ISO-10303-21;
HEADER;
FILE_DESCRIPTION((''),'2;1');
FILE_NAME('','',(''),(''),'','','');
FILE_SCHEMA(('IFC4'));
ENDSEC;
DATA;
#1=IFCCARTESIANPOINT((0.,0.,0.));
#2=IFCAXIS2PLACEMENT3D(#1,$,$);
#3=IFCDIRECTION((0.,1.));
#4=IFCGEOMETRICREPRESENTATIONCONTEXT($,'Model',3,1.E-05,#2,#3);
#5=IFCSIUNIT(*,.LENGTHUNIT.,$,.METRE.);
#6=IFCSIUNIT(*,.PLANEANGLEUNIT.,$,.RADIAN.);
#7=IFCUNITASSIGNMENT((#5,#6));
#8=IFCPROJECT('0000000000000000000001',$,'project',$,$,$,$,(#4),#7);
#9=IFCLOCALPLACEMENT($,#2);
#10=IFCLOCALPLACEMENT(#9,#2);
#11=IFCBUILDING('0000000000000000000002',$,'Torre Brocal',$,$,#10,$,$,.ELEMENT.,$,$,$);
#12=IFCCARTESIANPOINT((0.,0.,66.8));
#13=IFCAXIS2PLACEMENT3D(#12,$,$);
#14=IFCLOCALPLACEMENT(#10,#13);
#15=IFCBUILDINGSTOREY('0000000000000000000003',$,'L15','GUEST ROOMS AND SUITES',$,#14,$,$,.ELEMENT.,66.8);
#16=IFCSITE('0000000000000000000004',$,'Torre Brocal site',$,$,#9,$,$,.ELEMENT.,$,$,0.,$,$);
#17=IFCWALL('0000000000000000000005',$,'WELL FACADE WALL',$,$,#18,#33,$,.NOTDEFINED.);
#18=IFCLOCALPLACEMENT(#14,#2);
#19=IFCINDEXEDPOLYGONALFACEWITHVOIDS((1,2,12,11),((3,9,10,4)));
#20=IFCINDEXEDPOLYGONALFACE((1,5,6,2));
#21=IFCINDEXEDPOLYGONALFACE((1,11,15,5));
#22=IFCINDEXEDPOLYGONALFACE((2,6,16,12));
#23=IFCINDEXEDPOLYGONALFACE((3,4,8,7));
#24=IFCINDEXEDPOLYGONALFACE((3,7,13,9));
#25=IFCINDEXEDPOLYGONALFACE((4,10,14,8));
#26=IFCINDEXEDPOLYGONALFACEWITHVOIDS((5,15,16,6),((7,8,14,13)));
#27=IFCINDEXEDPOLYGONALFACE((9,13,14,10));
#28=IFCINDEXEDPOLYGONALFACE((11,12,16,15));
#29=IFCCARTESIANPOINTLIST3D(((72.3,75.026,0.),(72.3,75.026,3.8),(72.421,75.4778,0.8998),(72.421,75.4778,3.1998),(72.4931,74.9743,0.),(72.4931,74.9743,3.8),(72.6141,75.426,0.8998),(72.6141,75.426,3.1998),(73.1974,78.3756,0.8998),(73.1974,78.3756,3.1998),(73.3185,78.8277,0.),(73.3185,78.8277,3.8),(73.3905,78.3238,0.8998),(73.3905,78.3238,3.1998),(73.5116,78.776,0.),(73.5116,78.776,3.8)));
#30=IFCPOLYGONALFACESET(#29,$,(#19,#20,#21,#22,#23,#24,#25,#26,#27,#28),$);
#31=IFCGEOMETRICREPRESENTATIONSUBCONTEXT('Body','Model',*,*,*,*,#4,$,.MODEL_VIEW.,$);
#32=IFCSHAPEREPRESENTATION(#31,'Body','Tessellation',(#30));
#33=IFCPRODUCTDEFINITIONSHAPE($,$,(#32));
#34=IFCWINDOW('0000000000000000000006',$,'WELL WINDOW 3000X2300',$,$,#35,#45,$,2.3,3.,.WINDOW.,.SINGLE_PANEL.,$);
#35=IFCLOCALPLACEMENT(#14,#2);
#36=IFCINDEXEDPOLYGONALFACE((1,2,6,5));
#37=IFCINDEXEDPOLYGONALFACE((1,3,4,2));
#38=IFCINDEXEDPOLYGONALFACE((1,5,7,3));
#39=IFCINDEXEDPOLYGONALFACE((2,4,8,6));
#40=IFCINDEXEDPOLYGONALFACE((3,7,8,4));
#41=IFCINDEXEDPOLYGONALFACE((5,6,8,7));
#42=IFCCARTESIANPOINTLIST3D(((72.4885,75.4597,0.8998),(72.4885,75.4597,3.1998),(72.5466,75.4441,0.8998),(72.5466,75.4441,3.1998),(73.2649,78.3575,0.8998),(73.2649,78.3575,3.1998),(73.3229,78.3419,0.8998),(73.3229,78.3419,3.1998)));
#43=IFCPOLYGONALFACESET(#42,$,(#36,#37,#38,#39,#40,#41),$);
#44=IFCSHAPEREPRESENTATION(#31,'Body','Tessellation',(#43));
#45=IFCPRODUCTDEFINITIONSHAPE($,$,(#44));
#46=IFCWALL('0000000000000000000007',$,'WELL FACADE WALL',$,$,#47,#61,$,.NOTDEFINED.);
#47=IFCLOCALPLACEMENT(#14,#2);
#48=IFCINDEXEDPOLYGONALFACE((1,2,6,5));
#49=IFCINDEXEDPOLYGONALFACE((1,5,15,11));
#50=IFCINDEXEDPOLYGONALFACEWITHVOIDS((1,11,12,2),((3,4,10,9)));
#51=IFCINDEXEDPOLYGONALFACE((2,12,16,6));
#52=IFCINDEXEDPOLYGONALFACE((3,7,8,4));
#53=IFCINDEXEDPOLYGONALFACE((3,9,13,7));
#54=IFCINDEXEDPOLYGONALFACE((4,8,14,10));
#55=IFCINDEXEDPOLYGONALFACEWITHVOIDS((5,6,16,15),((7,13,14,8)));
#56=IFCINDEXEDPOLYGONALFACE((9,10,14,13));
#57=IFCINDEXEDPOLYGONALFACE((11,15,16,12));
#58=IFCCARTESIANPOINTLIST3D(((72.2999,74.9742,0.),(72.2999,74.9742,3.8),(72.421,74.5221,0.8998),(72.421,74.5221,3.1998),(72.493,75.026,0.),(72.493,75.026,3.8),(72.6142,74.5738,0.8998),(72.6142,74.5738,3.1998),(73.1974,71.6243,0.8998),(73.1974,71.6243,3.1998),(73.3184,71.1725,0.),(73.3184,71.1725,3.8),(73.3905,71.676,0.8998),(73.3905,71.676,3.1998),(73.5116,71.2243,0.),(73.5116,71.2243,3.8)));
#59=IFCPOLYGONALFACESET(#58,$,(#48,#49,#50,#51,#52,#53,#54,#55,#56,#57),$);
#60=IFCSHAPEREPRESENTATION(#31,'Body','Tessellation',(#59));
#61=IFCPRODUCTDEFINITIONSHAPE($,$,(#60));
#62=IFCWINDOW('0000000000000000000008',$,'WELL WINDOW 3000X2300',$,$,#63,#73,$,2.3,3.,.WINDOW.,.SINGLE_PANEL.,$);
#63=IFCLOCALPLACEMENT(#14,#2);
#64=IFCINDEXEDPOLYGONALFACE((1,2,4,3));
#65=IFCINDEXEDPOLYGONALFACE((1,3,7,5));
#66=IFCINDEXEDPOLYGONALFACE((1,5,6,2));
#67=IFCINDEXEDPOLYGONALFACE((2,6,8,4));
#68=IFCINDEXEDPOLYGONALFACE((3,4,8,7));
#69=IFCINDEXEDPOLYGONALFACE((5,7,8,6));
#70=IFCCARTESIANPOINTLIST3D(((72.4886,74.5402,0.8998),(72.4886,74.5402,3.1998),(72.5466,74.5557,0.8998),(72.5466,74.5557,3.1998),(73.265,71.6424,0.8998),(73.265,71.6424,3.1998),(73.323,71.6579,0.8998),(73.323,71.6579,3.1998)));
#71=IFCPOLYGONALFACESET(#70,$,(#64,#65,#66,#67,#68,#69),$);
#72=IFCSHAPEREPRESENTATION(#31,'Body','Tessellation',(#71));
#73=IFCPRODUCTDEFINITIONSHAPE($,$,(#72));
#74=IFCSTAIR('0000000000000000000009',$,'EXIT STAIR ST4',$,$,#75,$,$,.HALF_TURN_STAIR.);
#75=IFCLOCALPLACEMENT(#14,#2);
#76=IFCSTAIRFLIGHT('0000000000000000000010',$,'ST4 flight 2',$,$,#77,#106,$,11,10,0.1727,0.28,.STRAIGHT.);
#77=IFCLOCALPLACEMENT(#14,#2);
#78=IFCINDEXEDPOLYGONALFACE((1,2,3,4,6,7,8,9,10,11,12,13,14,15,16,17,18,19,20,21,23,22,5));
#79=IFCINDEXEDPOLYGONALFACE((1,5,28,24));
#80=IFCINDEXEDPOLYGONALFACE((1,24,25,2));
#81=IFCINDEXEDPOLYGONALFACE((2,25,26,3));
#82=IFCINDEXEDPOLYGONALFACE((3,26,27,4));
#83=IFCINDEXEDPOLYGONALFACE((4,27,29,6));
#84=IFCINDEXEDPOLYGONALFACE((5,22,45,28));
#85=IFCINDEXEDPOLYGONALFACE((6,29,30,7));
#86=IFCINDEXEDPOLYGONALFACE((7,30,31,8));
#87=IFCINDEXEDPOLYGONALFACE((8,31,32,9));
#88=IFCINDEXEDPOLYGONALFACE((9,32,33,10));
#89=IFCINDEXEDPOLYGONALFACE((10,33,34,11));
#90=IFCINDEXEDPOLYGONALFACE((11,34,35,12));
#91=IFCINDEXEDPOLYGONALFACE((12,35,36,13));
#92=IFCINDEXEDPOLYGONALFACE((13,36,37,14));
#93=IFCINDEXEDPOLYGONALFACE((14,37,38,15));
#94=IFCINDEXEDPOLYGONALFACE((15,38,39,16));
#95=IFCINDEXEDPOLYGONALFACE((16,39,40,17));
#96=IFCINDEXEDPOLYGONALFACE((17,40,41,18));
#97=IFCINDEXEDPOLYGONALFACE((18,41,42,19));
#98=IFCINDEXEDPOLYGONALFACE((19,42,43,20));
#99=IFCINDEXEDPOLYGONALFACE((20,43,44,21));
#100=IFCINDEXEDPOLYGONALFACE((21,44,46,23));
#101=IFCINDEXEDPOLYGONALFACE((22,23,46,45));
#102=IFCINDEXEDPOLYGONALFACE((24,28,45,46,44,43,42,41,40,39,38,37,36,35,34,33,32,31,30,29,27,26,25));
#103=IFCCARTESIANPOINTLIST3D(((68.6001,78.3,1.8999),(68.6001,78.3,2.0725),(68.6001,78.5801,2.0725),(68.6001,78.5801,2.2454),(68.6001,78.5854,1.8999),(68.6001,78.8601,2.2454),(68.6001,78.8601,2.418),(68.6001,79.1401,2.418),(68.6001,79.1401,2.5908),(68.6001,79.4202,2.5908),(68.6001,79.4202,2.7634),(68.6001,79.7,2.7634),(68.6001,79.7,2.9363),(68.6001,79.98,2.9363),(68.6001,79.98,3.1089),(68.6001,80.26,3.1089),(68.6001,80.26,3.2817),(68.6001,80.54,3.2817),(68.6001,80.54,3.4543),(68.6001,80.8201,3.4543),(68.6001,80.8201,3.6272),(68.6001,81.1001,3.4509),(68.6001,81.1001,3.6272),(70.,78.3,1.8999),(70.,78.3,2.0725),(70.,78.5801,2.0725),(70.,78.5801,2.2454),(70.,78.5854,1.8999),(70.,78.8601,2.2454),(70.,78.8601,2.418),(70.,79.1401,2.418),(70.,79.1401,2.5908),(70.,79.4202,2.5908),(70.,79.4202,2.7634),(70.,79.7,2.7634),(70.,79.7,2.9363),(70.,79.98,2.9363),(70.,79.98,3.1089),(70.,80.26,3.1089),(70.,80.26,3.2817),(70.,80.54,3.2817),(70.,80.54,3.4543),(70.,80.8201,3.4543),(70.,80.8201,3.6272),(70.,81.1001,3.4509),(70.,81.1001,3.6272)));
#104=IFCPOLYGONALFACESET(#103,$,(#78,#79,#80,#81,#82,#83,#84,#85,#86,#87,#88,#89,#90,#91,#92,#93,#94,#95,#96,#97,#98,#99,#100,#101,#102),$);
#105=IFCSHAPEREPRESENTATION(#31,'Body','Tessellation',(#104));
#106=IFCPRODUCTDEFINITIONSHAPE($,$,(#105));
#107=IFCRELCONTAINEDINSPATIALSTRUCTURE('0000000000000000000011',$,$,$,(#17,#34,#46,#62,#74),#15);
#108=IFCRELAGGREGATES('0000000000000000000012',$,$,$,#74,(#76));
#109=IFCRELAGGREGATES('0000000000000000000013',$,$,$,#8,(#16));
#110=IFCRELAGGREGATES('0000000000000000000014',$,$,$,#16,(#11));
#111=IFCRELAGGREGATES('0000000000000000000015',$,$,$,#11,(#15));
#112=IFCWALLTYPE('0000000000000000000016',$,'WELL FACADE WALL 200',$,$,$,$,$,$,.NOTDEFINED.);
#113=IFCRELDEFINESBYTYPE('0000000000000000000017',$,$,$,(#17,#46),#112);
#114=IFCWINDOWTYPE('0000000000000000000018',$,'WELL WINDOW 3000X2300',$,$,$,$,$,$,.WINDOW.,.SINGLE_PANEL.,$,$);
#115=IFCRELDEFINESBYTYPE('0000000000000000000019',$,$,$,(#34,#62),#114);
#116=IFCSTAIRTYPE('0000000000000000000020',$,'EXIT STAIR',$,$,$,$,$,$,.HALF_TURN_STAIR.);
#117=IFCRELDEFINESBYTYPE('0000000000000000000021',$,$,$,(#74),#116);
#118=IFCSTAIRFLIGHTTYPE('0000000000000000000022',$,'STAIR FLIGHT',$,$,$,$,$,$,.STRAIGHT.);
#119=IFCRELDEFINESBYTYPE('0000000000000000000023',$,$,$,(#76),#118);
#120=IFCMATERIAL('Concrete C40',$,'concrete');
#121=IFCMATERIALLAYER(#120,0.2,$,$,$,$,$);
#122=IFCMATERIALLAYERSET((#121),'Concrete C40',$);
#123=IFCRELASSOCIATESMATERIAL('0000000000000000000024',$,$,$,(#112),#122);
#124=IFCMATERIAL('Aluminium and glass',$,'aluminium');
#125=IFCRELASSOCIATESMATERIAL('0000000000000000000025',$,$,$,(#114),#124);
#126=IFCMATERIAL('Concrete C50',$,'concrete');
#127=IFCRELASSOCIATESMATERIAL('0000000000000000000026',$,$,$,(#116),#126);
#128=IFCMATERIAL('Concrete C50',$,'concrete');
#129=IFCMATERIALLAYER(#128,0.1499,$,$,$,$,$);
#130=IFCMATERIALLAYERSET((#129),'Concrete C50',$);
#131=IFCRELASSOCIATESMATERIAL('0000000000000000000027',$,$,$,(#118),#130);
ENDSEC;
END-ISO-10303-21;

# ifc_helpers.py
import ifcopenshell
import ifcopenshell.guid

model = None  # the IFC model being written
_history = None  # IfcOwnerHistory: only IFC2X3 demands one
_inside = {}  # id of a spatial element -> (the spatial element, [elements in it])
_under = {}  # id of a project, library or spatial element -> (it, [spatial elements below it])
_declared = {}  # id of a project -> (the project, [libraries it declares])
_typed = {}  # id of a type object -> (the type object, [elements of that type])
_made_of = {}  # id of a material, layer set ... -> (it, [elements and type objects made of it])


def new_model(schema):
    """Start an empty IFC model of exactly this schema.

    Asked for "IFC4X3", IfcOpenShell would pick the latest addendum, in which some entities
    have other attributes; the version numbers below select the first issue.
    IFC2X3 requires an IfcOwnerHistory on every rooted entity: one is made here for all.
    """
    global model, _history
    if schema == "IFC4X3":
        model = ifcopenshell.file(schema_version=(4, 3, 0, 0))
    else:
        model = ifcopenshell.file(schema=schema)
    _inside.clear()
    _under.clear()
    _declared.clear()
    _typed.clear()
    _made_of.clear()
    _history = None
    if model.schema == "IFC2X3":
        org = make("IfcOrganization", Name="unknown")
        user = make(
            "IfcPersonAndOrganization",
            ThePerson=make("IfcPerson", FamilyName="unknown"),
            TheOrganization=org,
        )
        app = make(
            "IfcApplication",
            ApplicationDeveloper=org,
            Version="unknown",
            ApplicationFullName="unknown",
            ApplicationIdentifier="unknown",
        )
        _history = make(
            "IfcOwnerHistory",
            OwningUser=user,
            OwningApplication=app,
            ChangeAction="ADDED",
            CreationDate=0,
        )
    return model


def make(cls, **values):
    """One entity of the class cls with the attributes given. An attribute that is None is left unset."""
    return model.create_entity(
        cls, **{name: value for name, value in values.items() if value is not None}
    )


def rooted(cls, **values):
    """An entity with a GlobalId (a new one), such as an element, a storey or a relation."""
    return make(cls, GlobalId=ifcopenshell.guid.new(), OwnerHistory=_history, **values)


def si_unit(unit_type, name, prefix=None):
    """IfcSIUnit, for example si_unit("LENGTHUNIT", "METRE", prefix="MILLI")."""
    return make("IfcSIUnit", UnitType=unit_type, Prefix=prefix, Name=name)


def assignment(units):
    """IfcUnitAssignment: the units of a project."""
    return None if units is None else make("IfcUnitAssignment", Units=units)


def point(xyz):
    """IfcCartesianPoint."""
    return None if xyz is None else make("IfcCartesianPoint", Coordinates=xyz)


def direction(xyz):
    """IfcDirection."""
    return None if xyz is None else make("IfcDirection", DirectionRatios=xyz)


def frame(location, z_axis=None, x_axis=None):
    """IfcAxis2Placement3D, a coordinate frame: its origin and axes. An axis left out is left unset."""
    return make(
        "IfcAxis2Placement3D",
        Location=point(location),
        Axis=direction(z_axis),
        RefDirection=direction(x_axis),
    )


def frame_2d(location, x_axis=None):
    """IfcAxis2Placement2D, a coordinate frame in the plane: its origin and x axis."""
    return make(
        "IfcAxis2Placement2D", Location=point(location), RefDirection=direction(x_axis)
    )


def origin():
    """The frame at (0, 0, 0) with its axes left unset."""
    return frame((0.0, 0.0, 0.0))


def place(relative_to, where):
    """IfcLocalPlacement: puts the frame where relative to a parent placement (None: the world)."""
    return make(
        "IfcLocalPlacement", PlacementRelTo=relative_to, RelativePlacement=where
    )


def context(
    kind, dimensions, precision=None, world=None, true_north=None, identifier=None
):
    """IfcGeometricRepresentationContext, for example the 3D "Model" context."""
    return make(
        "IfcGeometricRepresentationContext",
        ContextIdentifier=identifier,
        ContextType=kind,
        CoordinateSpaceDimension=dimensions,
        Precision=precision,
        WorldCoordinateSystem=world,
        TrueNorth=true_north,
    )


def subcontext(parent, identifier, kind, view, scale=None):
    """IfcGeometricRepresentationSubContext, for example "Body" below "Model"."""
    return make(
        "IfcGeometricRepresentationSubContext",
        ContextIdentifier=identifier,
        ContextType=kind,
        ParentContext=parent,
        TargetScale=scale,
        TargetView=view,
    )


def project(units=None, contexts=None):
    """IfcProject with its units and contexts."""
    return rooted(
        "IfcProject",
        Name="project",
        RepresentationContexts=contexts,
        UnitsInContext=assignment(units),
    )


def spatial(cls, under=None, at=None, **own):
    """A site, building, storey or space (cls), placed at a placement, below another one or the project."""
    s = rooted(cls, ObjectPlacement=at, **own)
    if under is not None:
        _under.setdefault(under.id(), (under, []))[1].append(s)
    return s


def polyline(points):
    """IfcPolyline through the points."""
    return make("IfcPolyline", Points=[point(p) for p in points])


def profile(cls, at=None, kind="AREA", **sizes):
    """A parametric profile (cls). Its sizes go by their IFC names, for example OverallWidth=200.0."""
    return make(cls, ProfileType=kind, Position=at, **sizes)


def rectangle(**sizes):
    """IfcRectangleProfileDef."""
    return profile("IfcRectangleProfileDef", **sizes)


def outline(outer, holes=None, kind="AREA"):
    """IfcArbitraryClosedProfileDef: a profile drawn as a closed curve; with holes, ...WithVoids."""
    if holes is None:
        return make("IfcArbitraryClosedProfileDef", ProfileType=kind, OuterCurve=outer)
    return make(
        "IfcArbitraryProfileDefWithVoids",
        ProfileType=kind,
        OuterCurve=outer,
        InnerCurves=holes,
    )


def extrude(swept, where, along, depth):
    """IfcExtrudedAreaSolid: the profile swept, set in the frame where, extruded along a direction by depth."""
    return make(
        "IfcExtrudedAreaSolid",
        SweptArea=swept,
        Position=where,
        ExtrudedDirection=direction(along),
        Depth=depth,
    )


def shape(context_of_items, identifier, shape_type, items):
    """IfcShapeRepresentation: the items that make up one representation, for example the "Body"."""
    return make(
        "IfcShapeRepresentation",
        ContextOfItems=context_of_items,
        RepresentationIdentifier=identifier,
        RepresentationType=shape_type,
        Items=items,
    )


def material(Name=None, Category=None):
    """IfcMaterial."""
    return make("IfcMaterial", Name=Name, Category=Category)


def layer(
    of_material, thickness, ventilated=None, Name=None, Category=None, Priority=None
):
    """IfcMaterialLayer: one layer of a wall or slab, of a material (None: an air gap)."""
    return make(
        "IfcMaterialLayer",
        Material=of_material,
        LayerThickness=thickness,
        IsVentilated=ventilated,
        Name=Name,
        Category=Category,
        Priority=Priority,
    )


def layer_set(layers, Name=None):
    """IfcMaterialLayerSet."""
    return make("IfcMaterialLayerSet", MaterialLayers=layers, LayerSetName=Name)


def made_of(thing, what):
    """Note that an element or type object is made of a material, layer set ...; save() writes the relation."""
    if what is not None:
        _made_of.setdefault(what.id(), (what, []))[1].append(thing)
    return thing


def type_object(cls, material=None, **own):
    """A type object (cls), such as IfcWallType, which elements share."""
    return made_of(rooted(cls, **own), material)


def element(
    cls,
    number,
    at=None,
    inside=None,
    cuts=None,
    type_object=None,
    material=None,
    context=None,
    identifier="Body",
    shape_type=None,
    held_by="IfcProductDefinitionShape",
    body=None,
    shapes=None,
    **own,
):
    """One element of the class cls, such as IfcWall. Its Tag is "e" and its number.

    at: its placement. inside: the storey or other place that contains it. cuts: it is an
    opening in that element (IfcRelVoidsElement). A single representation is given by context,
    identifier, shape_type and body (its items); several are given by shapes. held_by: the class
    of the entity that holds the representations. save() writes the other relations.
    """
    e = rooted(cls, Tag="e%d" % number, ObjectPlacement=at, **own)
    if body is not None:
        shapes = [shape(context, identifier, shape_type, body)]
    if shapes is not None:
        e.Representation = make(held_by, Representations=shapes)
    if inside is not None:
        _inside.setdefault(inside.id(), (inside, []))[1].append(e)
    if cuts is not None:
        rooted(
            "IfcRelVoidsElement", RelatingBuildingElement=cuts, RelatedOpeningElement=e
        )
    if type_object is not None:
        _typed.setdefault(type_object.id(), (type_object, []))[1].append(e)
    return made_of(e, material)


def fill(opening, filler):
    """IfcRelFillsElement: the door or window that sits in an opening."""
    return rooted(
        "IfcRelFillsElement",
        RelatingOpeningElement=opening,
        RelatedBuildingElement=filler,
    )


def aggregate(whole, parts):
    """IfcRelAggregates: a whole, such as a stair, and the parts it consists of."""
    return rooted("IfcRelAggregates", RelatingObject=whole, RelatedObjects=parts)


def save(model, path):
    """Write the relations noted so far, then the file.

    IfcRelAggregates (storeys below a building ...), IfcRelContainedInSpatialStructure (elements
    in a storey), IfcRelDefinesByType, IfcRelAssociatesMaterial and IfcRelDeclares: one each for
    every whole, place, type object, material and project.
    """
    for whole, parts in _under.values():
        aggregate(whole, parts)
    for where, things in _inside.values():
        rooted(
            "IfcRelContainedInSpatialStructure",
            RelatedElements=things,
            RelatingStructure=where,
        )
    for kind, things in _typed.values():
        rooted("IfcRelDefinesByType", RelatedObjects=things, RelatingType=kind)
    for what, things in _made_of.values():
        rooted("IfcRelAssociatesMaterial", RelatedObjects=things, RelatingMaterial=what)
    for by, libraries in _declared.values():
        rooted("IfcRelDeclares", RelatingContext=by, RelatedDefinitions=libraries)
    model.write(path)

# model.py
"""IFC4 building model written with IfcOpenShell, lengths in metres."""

from ifc_helpers import new_model, si_unit, direction, frame, frame_2d, origin, place, context, subcontext, project, spatial, polyline, rectangle, outline, extrude, material, layer, layer_set, type_object, element, fill, aggregate, save


model = new_model("IFC4")

# Units and contexts
model_context = context("Model", 3, precision=1e-05, world=origin(), true_north=direction((0.0, 1.0)))
body_context = subcontext(model_context, "Body", "Model", "MODEL_VIEW")
ifc_project = project(units=[si_unit("LENGTHUNIT", "METRE"), si_unit("PLANEANGLEUNIT", "RADIAN")], contexts=[model_context])

# Site, building, storey
site_placement = place(None, origin())
site = spatial("IfcSite", under=ifc_project, at=site_placement, Name="Torre Brocal site", CompositionType="ELEMENT", RefElevation=0.0)
building_placement = place(site_placement, origin())
building = spatial("IfcBuilding", under=site, at=building_placement, Name="Torre Brocal", CompositionType="ELEMENT")
storey_placement = place(building_placement, frame((0.0, 0.0, 66.8)))
storey = spatial("IfcBuildingStorey", under=building, at=storey_placement, Name="L15", Description="GUEST ROOMS AND SUITES", CompositionType="ELEMENT", Elevation=66.8)

# Walls, openings, windows
ifc_material_1 = material(Name="Concrete C40", Category="concrete")
ifc_layer_1 = layer(ifc_material_1, 0.2)
ifc_layer_set_1 = layer_set([ifc_layer_1], Name="Concrete C40")
wall_type_1 = type_object("IfcWallType", Name="WELL FACADE WALL 200", PredefinedType="NOTDEFINED", material=ifc_layer_set_1)
wall_1_placement = place(storey_placement, frame((73.415, 78.8018, 0.0), z_axis=(0.0, 0.0, 1.0), x_axis=(-0.25879, -0.965934, 0.0)))
wall_1 = element("IfcWall", 1, at=wall_1_placement, inside=storey, type_object=wall_type_1, Name="WELL FACADE WALL", PredefinedType="NOTDEFINED", context=body_context, shape_type="SweptSolid", body=[
    extrude(rectangle(XDim=3.9358, YDim=0.2, at=frame_2d((1.9678, 0.0))), origin(), (0.0, 0.0, 1.0), 3.8),
])
opening_1_placement = place(wall_1_placement, frame((0.468, 0.0, 0.8999)))
opening_1 = element("IfcOpeningElement", 2, at=opening_1_placement, cuts=wall_1, PredefinedType="OPENING", context=body_context, shape_type="SweptSolid", body=[
    extrude(rectangle(XDim=3.0, YDim=2.3, at=frame_2d((1.5, 1.1499))), frame((0.0, 0.1099, 0.0), z_axis=(0.0, -1.0, 0.0), x_axis=(1.0, 0.0, 0.0)), (0.0, 0.0, 1.0), 0.22),
])
ifc_material_2 = material(Name="Aluminium and glass", Category="aluminium")
window_type = type_object("IfcWindowType", Name="WELL WINDOW 3000X2300", PartitioningType="SINGLE_PANEL", PredefinedType="WINDOW", material=ifc_material_2)
window_1_placement = place(opening_1_placement, origin())
window_1 = element("IfcWindow", 3, at=window_1_placement, inside=storey, type_object=window_type, Name="WELL WINDOW 3000X2300", OverallHeight=2.3, OverallWidth=3.0, PartitioningType="SINGLE_PANEL", PredefinedType="WINDOW", context=body_context, shape_type="SweptSolid", body=[
    extrude(rectangle(XDim=3.0, YDim=2.3, at=frame_2d((1.5, 1.1499))), frame((0.0, 0.03, 0.0), z_axis=(0.0, -1.0, 0.0), x_axis=(1.0, 0.0, 0.0)), (0.0, 0.0, 1.0), 0.0601),
])
fill(opening_1, window_1)
wall_2_placement = place(storey_placement, frame((72.3965, 75.0, 0.0), z_axis=(0.0, 0.0, 1.0), x_axis=(0.25879, -0.965934, 0.0)))
wall_2 = element("IfcWall", 4, at=wall_2_placement, inside=storey, type_object=wall_type_1, Name="WELL FACADE WALL", PredefinedType="NOTDEFINED", context=body_context, shape_type="SweptSolid", body=[
    extrude(rectangle(XDim=3.9358, YDim=0.2, at=frame_2d((1.9678, 0.0))), origin(), (0.0, 0.0, 1.0), 3.8),
])
opening_2_placement = place(wall_2_placement, frame((0.468, 0.0, 0.8999)))
opening_2 = element("IfcOpeningElement", 5, at=opening_2_placement, cuts=wall_2, PredefinedType="OPENING", context=body_context, shape_type="SweptSolid", body=[
    extrude(rectangle(XDim=3.0, YDim=2.3, at=frame_2d((1.5, 1.1499))), frame((0.0, 0.1099, 0.0), z_axis=(0.0, -1.0, 0.0), x_axis=(1.0, 0.0, 0.0)), (0.0, 0.0, 1.0), 0.22),
])
window_2_placement = place(opening_2_placement, origin())
window_2 = element("IfcWindow", 6, at=window_2_placement, inside=storey, type_object=window_type, Name="WELL WINDOW 3000X2300", OverallHeight=2.3, OverallWidth=3.0, PartitioningType="SINGLE_PANEL", PredefinedType="WINDOW", context=body_context, shape_type="SweptSolid", body=[
    extrude(rectangle(XDim=3.0, YDim=2.3, at=frame_2d((1.5, 1.1499))), frame((0.0, 0.03, 0.0), z_axis=(0.0, -1.0, 0.0), x_axis=(1.0, 0.0, 0.0)), (0.0, 0.0, 1.0), 0.0601),
])
fill(opening_2, window_2)

# Stair, stair flight
ifc_material_3 = material(Name="Concrete C50", Category="concrete")
stair_type = type_object("IfcStairType", Name="EXIT STAIR", PredefinedType="HALF_TURN_STAIR", material=ifc_material_3)
stair_placement = place(storey_placement, origin())
stair = element("IfcStair", 7, at=stair_placement, inside=storey, type_object=stair_type, Name="EXIT STAIR ST4", PredefinedType="HALF_TURN_STAIR")
ifc_material_4 = material(Name="Concrete C50", Category="concrete")
ifc_layer_2 = layer(ifc_material_4, 0.1499)
ifc_layer_set_2 = layer_set([ifc_layer_2], Name="Concrete C50")
stair_flight_type = type_object("IfcStairFlightType", Name="STAIR FLIGHT", PredefinedType="STRAIGHT", material=ifc_layer_set_2)
stair_flight_placement = place(storey_placement, frame((69.3, 78.3, 1.8999), z_axis=(0.0, 0.0, 1.0), x_axis=(0.0, 1.0, 0.0)))
stair_flight = element("IfcStairFlight", 8, at=stair_flight_placement, type_object=stair_flight_type, Name="ST4 flight 2", NumberOfRisers=11, NumberOfTreads=10, PredefinedType="STRAIGHT", RiserHeight=0.1727, TreadLength=0.28, context=body_context, shape_type="SweptSolid", body=[
    extrude(outline(polyline([(0.0, 0.0), (0.0, 0.1726), (0.28, 0.1726), (0.28, 0.3455), (0.5601, 0.3455), (0.5601, 0.5181), (0.8401, 0.5181), (0.8401, 0.6909), (1.1201, 0.6909), (1.1201, 0.8635), (1.3999, 0.8635), (1.3999, 1.0364), (1.6799, 1.0364), (1.6799, 1.209), (1.96, 1.209), (1.96, 1.3818), (2.24, 1.3818), (2.24, 1.5544), (2.52, 1.5544), (2.52, 1.7273), (2.8, 1.7273), (2.8, 1.8999), (2.8, 1.551), (0.2854, 0.0), (0.0, 0.0)])), frame((0.0, 0.7, 0.0), z_axis=(0.0, -1.0, 0.0), x_axis=(1.0, 0.0, 0.0)), (0.0, 0.0, 1.0), 1.3999),
])
aggregate(stair, [stair_flight])

save(model, "model.ifc")
